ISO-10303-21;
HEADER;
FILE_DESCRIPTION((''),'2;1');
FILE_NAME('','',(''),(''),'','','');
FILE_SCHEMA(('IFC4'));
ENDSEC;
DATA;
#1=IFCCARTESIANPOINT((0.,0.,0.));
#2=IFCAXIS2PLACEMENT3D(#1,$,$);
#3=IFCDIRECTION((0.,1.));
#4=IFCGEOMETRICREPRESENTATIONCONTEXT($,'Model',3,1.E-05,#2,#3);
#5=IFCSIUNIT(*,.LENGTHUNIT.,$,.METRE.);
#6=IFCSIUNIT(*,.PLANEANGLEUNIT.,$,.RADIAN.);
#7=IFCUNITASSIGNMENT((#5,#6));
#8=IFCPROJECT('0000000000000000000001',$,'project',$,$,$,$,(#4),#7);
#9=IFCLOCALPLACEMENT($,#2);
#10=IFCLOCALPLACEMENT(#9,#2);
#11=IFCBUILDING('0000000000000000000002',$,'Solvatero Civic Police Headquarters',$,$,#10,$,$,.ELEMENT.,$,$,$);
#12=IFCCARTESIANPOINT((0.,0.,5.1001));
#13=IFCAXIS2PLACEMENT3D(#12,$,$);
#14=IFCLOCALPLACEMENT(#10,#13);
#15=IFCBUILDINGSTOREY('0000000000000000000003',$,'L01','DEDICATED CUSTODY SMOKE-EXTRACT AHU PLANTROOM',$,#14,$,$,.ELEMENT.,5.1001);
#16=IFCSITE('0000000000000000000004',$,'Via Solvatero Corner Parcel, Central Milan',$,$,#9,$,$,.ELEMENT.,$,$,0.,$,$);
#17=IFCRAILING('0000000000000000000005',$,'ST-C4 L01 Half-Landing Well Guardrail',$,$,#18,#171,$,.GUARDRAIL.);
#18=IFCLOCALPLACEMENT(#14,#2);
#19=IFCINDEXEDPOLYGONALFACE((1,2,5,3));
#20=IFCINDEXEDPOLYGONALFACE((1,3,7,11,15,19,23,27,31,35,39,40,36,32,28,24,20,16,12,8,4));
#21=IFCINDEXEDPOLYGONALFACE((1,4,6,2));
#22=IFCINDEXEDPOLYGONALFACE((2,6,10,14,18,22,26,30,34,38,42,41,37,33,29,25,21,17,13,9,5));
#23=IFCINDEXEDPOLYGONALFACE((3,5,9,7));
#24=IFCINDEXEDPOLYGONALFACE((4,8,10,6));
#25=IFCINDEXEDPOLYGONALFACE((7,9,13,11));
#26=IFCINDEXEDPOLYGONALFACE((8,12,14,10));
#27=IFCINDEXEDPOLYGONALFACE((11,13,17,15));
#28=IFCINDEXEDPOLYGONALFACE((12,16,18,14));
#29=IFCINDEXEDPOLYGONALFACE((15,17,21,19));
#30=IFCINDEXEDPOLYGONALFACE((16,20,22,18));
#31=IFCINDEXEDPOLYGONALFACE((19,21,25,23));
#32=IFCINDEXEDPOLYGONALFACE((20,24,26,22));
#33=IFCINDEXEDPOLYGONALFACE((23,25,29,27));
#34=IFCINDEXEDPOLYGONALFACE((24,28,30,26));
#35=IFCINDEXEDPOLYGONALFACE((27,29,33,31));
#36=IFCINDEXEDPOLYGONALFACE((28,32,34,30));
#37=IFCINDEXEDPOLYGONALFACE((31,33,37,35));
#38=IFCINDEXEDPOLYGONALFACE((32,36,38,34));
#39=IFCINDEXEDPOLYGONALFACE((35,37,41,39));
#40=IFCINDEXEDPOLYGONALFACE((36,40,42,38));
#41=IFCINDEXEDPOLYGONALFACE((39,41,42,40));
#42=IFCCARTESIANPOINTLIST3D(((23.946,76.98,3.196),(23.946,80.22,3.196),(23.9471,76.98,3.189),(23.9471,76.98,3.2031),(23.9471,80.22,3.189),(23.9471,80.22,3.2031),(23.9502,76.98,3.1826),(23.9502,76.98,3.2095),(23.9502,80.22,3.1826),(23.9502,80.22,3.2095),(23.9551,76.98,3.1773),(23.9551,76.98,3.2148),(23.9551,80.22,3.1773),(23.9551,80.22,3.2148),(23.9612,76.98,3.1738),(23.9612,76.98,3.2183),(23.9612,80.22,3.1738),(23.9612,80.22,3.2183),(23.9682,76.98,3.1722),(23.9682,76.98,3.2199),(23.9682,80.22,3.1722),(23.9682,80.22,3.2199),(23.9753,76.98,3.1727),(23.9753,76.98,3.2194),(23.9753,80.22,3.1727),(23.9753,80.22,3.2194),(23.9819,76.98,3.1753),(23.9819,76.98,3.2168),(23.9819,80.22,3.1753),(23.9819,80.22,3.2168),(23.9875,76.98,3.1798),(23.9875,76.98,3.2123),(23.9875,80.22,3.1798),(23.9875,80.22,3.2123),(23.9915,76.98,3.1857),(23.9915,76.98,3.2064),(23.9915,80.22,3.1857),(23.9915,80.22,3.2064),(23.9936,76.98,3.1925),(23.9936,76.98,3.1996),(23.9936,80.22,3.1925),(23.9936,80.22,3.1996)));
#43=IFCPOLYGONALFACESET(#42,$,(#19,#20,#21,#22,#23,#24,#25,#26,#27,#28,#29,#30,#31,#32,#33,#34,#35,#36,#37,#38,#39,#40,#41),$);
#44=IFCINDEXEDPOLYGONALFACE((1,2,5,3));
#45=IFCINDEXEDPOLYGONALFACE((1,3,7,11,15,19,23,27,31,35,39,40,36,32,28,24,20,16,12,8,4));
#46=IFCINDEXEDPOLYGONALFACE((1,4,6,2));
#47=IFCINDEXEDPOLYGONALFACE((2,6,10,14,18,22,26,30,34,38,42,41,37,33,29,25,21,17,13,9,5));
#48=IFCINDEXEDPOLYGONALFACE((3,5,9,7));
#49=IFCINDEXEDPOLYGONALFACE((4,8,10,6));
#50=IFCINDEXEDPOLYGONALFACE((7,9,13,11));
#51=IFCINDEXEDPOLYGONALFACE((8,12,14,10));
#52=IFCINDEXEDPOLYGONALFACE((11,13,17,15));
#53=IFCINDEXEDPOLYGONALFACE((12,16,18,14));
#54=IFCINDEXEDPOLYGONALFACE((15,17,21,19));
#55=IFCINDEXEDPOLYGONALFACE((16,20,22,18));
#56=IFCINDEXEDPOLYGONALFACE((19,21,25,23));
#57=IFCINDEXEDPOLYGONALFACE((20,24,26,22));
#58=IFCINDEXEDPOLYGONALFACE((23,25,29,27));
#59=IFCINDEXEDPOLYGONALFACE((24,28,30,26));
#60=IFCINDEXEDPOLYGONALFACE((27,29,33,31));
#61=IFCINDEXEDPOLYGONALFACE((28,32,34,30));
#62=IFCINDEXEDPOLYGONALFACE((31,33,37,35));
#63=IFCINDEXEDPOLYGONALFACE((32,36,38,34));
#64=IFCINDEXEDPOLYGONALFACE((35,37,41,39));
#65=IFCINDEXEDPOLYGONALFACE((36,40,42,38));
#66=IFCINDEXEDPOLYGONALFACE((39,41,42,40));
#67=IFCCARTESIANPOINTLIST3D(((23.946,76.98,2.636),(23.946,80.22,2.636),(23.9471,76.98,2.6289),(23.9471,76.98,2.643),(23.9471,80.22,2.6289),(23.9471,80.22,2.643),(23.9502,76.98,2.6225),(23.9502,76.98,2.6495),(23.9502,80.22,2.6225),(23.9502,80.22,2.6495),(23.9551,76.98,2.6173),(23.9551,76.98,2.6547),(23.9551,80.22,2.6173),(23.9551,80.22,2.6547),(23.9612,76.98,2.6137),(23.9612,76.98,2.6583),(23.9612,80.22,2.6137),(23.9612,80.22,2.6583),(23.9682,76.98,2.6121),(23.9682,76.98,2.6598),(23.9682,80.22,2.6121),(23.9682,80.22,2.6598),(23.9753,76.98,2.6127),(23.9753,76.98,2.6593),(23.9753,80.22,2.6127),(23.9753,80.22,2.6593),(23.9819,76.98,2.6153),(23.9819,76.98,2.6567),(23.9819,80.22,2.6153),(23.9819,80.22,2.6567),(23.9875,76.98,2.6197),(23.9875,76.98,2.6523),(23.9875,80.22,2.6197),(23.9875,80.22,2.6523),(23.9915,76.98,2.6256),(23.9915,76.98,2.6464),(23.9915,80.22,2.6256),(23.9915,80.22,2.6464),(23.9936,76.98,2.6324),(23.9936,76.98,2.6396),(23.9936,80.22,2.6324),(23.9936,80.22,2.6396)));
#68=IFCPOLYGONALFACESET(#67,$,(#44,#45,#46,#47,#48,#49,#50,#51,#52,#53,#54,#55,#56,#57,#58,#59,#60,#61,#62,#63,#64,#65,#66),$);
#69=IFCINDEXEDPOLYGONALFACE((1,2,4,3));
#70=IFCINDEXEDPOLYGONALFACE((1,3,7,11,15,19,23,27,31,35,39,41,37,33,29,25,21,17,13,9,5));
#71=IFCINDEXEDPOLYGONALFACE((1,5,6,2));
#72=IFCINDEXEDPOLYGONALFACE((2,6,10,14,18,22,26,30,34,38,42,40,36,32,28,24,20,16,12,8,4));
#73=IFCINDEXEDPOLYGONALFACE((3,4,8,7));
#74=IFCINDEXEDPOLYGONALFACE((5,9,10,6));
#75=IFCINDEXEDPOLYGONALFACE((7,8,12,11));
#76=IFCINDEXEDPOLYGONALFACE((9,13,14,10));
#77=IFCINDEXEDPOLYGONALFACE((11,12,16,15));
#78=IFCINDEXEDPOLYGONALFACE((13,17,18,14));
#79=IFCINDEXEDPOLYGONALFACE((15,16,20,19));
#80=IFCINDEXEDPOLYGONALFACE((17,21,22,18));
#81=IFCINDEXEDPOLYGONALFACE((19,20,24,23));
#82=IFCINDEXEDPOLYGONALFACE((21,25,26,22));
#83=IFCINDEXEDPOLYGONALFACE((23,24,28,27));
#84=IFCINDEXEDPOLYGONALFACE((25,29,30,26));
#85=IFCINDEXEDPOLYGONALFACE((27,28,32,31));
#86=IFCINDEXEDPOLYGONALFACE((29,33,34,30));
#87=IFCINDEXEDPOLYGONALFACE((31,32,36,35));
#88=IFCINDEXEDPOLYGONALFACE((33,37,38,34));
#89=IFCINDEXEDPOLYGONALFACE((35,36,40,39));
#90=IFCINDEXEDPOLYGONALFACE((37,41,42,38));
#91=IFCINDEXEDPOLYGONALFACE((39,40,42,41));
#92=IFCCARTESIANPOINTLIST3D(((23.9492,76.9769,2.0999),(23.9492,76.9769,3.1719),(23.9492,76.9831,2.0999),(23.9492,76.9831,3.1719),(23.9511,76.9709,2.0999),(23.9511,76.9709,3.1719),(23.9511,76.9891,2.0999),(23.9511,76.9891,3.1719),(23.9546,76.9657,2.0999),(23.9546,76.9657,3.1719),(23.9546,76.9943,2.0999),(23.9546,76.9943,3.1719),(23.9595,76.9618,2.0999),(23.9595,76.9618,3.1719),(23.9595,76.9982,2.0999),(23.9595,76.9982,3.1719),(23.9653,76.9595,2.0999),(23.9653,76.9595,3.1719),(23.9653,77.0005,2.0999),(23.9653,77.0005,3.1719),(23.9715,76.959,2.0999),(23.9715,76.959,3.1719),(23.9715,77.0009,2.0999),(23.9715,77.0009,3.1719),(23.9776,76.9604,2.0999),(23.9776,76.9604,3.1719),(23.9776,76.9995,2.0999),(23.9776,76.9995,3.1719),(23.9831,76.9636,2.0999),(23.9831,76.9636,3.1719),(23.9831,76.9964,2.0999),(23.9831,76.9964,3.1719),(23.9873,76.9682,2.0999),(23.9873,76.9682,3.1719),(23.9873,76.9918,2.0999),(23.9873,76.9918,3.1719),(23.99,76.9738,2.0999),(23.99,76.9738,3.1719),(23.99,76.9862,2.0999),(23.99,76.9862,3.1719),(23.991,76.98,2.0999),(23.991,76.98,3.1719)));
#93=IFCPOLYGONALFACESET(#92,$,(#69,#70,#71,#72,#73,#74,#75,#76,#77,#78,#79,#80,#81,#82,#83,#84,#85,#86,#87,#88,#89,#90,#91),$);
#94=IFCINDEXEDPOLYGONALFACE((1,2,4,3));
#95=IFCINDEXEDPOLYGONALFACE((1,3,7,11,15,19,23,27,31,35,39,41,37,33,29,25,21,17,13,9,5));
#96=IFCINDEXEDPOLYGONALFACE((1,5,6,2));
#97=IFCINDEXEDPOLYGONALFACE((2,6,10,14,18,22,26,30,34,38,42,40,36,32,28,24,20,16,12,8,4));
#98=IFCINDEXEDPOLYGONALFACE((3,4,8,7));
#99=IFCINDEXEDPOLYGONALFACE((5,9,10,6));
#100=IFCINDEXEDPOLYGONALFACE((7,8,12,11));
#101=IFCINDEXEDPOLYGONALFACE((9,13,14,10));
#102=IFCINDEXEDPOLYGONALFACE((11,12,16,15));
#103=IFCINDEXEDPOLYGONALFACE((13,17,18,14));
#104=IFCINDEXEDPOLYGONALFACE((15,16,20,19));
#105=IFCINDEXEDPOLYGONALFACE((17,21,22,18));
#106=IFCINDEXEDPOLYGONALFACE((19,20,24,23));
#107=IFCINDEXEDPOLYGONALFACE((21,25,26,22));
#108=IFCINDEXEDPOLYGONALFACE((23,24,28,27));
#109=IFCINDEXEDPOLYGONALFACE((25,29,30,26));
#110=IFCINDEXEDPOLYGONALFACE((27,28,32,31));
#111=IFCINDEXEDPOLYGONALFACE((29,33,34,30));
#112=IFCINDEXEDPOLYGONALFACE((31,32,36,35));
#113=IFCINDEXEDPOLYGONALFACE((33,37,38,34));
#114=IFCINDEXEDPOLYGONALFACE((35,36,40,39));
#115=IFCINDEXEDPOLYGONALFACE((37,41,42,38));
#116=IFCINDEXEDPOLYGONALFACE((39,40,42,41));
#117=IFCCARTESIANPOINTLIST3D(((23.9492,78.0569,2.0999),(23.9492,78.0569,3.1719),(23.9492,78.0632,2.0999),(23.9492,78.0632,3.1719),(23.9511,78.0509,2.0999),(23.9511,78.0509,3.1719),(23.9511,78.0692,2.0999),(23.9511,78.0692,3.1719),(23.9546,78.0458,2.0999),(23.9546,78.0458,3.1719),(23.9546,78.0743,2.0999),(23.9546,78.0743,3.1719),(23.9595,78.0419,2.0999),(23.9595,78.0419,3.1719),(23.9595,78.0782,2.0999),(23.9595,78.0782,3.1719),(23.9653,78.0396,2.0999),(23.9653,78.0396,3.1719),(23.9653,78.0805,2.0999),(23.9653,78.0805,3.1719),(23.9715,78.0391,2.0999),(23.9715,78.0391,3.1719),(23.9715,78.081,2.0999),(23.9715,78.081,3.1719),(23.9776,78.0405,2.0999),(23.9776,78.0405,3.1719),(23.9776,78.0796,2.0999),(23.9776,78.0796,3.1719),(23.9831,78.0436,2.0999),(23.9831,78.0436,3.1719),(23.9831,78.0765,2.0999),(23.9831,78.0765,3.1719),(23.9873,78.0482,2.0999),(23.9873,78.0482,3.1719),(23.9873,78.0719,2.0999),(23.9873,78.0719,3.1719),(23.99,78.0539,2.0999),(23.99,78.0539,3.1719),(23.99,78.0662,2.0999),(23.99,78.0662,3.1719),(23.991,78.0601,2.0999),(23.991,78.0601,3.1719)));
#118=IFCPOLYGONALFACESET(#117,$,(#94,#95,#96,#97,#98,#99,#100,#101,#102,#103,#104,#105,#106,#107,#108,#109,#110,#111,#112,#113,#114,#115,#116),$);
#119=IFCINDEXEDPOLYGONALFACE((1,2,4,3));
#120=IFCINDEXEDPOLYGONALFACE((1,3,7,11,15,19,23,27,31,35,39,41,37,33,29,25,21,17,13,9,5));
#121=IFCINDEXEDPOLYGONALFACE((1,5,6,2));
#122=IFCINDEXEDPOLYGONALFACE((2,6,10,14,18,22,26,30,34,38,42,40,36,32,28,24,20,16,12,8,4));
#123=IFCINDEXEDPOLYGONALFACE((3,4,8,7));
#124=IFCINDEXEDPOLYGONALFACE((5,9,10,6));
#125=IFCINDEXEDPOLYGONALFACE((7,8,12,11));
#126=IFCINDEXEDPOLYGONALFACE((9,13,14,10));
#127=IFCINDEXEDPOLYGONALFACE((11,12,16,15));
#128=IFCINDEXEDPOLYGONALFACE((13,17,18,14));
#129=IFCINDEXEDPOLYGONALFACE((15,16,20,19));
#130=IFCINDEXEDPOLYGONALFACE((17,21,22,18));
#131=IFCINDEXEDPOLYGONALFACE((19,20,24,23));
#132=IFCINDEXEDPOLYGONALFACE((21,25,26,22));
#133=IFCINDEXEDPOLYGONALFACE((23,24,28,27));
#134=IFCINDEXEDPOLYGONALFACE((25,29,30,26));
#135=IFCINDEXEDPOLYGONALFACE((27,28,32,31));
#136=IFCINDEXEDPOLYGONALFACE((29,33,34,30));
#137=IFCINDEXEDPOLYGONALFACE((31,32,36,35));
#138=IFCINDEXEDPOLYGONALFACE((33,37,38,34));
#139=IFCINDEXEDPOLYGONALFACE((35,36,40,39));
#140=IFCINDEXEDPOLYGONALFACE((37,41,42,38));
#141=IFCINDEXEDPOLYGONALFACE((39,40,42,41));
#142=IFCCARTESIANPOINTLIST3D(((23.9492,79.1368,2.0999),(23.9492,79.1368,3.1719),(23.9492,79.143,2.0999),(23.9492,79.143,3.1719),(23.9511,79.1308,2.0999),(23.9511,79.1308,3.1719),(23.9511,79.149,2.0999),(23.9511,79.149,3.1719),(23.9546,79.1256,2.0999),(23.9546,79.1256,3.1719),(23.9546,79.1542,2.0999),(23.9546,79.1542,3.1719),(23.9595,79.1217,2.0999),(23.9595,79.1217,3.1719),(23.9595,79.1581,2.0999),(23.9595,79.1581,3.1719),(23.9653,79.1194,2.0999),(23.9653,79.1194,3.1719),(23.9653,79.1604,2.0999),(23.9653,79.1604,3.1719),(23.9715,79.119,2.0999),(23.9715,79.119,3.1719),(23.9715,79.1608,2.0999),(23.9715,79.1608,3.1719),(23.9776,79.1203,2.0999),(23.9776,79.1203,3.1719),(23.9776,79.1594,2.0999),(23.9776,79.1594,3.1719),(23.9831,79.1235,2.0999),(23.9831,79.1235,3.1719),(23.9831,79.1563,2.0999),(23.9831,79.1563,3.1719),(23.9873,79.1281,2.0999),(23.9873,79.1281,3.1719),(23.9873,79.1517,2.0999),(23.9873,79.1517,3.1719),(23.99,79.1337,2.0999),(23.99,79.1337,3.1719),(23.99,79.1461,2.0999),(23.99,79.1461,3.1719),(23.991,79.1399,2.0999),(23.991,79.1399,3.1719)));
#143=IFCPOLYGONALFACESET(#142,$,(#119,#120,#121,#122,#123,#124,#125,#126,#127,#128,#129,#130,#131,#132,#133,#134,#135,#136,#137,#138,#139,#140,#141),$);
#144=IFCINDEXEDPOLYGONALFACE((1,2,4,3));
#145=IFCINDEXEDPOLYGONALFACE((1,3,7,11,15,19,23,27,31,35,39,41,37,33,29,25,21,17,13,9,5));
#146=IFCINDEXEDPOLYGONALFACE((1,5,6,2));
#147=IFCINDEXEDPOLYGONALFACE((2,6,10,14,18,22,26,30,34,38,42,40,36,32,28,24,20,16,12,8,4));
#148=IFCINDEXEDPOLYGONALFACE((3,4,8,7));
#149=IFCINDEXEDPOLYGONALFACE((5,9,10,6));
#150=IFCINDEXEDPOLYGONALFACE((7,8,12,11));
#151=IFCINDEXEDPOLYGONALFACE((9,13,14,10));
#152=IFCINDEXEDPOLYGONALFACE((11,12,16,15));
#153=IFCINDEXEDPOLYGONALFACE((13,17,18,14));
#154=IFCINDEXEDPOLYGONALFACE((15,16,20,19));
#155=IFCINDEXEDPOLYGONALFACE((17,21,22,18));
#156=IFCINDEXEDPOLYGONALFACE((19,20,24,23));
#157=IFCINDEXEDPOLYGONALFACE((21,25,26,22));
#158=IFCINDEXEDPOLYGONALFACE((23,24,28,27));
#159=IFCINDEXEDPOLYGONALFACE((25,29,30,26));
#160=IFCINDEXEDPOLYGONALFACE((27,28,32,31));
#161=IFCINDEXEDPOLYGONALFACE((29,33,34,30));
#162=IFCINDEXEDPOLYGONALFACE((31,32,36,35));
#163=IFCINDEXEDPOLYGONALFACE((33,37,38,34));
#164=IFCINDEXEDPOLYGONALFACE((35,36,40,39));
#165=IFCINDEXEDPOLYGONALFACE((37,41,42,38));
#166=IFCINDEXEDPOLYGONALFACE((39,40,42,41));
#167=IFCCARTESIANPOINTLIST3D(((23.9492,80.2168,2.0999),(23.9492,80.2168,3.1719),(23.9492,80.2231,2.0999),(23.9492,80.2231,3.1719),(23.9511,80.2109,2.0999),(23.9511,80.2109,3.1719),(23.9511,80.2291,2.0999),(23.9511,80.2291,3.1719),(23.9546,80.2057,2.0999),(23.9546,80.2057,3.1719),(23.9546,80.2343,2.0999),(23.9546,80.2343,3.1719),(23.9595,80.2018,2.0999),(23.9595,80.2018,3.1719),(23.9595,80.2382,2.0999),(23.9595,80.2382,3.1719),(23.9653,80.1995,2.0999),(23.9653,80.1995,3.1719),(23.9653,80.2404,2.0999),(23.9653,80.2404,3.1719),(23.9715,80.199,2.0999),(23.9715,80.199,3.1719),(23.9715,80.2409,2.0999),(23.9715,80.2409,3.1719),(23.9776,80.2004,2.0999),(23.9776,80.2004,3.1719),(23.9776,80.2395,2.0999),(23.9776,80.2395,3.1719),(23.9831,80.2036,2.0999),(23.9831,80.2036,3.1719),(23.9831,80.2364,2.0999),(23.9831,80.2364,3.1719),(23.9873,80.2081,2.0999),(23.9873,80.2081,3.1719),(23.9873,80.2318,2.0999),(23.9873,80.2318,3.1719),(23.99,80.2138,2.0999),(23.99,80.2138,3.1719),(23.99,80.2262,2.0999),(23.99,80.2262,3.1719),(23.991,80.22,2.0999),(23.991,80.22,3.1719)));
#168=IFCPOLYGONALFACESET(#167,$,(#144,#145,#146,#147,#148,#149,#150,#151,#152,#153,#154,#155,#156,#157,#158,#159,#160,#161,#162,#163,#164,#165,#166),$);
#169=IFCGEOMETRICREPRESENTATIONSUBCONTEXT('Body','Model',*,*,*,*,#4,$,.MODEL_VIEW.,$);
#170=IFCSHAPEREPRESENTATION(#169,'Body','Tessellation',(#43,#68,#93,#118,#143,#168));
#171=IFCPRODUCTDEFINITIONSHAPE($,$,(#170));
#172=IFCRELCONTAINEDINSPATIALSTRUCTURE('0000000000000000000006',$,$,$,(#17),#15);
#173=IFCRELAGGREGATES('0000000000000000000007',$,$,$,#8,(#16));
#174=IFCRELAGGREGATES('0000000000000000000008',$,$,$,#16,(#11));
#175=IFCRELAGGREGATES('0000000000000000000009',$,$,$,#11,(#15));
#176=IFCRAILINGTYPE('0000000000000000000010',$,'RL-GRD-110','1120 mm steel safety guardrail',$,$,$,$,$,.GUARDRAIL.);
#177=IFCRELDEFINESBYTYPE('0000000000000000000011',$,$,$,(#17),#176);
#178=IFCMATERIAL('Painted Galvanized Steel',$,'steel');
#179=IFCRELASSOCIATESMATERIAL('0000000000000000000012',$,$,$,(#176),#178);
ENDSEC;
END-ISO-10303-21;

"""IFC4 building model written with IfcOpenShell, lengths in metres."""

from ifc_helpers import new_model, si_unit, direction, frame, origin, origin_2d, place, context, subcontext, project, spatial, circle, extrude, material, type_object, element, save


model = new_model("IFC4")

# Units and contexts
model_context = context("Model", 3, precision=1e-05, world=origin(), true_north=direction((0.0, 1.0)))
body_context = subcontext(model_context, "Body", "Model", "MODEL_VIEW")
ifc_project = project(units=[si_unit("LENGTHUNIT", "METRE"), si_unit("PLANEANGLEUNIT", "RADIAN")], contexts=[model_context])

# Site, building, storey
site_placement = place(None, origin())
site = spatial("IfcSite", under=ifc_project, at=site_placement, Name="Via Solvatero Corner Parcel, Central Milan", CompositionType="ELEMENT", RefElevation=0.0)
building_placement = place(site_placement, origin())
building = spatial("IfcBuilding", under=site, at=building_placement, Name="Solvatero Civic Police Headquarters", CompositionType="ELEMENT")
storey_placement = place(building_placement, frame((0.0, 0.0, 5.1001)))
storey = spatial("IfcBuildingStorey", under=building, at=storey_placement, Name="L01", Description="DEDICATED CUSTODY SMOKE-EXTRACT AHU PLANTROOM", CompositionType="ELEMENT", Elevation=5.1001)

# Railing
ifc_material_1 = material(Name="Painted Galvanized Steel", Category="steel")
railing_type_1 = type_object("IfcRailingType", Name="RL-GRD-110", Description="1120 mm steel safety guardrail", PredefinedType="GUARDRAIL", material=ifc_material_1)
railing_1_placement = place(storey_placement, frame((23.97, 76.98, 2.0999)))
element("IfcRailing", 1, at=railing_1_placement, inside=storey, type_object=railing_type_1, Name="ST-C4 L01 Half-Landing Well Guardrail", PredefinedType="GUARDRAIL", context=body_context, shape_type="SweptSolid", body=[
    extrude(circle(Radius=0.0239, at=origin_2d()), frame((0.0, 0.0, 1.0962), z_axis=(0.0, 1.0, 0.0), x_axis=(-1.0, 0.0, 0.0)), (0.0, 0.0, 1.0), 3.24),
    extrude(circle(Radius=0.0239, at=origin_2d()), frame((0.0, 0.0, 0.5361), z_axis=(0.0, 1.0, 0.0), x_axis=(-1.0, 0.0, 0.0)), (0.0, 0.0, 1.0), 3.24),
    extrude(circle(Radius=0.021, at=origin_2d()), origin(), (0.0, 0.0, 1.0), 1.072),
    extrude(circle(Radius=0.021, at=origin_2d()), frame((0.0, 1.0801, 0.0)), (0.0, 0.0, 1.0), 1.072),
    extrude(circle(Radius=0.021, at=origin_2d()), frame((0.0, 2.1599, 0.0)), (0.0, 0.0, 1.0), 1.072),
    extrude(circle(Radius=0.021, at=origin_2d()), frame((0.0, 3.24, 0.0)), (0.0, 0.0, 1.0), 1.072),
])

save(model, "model.ifc")
